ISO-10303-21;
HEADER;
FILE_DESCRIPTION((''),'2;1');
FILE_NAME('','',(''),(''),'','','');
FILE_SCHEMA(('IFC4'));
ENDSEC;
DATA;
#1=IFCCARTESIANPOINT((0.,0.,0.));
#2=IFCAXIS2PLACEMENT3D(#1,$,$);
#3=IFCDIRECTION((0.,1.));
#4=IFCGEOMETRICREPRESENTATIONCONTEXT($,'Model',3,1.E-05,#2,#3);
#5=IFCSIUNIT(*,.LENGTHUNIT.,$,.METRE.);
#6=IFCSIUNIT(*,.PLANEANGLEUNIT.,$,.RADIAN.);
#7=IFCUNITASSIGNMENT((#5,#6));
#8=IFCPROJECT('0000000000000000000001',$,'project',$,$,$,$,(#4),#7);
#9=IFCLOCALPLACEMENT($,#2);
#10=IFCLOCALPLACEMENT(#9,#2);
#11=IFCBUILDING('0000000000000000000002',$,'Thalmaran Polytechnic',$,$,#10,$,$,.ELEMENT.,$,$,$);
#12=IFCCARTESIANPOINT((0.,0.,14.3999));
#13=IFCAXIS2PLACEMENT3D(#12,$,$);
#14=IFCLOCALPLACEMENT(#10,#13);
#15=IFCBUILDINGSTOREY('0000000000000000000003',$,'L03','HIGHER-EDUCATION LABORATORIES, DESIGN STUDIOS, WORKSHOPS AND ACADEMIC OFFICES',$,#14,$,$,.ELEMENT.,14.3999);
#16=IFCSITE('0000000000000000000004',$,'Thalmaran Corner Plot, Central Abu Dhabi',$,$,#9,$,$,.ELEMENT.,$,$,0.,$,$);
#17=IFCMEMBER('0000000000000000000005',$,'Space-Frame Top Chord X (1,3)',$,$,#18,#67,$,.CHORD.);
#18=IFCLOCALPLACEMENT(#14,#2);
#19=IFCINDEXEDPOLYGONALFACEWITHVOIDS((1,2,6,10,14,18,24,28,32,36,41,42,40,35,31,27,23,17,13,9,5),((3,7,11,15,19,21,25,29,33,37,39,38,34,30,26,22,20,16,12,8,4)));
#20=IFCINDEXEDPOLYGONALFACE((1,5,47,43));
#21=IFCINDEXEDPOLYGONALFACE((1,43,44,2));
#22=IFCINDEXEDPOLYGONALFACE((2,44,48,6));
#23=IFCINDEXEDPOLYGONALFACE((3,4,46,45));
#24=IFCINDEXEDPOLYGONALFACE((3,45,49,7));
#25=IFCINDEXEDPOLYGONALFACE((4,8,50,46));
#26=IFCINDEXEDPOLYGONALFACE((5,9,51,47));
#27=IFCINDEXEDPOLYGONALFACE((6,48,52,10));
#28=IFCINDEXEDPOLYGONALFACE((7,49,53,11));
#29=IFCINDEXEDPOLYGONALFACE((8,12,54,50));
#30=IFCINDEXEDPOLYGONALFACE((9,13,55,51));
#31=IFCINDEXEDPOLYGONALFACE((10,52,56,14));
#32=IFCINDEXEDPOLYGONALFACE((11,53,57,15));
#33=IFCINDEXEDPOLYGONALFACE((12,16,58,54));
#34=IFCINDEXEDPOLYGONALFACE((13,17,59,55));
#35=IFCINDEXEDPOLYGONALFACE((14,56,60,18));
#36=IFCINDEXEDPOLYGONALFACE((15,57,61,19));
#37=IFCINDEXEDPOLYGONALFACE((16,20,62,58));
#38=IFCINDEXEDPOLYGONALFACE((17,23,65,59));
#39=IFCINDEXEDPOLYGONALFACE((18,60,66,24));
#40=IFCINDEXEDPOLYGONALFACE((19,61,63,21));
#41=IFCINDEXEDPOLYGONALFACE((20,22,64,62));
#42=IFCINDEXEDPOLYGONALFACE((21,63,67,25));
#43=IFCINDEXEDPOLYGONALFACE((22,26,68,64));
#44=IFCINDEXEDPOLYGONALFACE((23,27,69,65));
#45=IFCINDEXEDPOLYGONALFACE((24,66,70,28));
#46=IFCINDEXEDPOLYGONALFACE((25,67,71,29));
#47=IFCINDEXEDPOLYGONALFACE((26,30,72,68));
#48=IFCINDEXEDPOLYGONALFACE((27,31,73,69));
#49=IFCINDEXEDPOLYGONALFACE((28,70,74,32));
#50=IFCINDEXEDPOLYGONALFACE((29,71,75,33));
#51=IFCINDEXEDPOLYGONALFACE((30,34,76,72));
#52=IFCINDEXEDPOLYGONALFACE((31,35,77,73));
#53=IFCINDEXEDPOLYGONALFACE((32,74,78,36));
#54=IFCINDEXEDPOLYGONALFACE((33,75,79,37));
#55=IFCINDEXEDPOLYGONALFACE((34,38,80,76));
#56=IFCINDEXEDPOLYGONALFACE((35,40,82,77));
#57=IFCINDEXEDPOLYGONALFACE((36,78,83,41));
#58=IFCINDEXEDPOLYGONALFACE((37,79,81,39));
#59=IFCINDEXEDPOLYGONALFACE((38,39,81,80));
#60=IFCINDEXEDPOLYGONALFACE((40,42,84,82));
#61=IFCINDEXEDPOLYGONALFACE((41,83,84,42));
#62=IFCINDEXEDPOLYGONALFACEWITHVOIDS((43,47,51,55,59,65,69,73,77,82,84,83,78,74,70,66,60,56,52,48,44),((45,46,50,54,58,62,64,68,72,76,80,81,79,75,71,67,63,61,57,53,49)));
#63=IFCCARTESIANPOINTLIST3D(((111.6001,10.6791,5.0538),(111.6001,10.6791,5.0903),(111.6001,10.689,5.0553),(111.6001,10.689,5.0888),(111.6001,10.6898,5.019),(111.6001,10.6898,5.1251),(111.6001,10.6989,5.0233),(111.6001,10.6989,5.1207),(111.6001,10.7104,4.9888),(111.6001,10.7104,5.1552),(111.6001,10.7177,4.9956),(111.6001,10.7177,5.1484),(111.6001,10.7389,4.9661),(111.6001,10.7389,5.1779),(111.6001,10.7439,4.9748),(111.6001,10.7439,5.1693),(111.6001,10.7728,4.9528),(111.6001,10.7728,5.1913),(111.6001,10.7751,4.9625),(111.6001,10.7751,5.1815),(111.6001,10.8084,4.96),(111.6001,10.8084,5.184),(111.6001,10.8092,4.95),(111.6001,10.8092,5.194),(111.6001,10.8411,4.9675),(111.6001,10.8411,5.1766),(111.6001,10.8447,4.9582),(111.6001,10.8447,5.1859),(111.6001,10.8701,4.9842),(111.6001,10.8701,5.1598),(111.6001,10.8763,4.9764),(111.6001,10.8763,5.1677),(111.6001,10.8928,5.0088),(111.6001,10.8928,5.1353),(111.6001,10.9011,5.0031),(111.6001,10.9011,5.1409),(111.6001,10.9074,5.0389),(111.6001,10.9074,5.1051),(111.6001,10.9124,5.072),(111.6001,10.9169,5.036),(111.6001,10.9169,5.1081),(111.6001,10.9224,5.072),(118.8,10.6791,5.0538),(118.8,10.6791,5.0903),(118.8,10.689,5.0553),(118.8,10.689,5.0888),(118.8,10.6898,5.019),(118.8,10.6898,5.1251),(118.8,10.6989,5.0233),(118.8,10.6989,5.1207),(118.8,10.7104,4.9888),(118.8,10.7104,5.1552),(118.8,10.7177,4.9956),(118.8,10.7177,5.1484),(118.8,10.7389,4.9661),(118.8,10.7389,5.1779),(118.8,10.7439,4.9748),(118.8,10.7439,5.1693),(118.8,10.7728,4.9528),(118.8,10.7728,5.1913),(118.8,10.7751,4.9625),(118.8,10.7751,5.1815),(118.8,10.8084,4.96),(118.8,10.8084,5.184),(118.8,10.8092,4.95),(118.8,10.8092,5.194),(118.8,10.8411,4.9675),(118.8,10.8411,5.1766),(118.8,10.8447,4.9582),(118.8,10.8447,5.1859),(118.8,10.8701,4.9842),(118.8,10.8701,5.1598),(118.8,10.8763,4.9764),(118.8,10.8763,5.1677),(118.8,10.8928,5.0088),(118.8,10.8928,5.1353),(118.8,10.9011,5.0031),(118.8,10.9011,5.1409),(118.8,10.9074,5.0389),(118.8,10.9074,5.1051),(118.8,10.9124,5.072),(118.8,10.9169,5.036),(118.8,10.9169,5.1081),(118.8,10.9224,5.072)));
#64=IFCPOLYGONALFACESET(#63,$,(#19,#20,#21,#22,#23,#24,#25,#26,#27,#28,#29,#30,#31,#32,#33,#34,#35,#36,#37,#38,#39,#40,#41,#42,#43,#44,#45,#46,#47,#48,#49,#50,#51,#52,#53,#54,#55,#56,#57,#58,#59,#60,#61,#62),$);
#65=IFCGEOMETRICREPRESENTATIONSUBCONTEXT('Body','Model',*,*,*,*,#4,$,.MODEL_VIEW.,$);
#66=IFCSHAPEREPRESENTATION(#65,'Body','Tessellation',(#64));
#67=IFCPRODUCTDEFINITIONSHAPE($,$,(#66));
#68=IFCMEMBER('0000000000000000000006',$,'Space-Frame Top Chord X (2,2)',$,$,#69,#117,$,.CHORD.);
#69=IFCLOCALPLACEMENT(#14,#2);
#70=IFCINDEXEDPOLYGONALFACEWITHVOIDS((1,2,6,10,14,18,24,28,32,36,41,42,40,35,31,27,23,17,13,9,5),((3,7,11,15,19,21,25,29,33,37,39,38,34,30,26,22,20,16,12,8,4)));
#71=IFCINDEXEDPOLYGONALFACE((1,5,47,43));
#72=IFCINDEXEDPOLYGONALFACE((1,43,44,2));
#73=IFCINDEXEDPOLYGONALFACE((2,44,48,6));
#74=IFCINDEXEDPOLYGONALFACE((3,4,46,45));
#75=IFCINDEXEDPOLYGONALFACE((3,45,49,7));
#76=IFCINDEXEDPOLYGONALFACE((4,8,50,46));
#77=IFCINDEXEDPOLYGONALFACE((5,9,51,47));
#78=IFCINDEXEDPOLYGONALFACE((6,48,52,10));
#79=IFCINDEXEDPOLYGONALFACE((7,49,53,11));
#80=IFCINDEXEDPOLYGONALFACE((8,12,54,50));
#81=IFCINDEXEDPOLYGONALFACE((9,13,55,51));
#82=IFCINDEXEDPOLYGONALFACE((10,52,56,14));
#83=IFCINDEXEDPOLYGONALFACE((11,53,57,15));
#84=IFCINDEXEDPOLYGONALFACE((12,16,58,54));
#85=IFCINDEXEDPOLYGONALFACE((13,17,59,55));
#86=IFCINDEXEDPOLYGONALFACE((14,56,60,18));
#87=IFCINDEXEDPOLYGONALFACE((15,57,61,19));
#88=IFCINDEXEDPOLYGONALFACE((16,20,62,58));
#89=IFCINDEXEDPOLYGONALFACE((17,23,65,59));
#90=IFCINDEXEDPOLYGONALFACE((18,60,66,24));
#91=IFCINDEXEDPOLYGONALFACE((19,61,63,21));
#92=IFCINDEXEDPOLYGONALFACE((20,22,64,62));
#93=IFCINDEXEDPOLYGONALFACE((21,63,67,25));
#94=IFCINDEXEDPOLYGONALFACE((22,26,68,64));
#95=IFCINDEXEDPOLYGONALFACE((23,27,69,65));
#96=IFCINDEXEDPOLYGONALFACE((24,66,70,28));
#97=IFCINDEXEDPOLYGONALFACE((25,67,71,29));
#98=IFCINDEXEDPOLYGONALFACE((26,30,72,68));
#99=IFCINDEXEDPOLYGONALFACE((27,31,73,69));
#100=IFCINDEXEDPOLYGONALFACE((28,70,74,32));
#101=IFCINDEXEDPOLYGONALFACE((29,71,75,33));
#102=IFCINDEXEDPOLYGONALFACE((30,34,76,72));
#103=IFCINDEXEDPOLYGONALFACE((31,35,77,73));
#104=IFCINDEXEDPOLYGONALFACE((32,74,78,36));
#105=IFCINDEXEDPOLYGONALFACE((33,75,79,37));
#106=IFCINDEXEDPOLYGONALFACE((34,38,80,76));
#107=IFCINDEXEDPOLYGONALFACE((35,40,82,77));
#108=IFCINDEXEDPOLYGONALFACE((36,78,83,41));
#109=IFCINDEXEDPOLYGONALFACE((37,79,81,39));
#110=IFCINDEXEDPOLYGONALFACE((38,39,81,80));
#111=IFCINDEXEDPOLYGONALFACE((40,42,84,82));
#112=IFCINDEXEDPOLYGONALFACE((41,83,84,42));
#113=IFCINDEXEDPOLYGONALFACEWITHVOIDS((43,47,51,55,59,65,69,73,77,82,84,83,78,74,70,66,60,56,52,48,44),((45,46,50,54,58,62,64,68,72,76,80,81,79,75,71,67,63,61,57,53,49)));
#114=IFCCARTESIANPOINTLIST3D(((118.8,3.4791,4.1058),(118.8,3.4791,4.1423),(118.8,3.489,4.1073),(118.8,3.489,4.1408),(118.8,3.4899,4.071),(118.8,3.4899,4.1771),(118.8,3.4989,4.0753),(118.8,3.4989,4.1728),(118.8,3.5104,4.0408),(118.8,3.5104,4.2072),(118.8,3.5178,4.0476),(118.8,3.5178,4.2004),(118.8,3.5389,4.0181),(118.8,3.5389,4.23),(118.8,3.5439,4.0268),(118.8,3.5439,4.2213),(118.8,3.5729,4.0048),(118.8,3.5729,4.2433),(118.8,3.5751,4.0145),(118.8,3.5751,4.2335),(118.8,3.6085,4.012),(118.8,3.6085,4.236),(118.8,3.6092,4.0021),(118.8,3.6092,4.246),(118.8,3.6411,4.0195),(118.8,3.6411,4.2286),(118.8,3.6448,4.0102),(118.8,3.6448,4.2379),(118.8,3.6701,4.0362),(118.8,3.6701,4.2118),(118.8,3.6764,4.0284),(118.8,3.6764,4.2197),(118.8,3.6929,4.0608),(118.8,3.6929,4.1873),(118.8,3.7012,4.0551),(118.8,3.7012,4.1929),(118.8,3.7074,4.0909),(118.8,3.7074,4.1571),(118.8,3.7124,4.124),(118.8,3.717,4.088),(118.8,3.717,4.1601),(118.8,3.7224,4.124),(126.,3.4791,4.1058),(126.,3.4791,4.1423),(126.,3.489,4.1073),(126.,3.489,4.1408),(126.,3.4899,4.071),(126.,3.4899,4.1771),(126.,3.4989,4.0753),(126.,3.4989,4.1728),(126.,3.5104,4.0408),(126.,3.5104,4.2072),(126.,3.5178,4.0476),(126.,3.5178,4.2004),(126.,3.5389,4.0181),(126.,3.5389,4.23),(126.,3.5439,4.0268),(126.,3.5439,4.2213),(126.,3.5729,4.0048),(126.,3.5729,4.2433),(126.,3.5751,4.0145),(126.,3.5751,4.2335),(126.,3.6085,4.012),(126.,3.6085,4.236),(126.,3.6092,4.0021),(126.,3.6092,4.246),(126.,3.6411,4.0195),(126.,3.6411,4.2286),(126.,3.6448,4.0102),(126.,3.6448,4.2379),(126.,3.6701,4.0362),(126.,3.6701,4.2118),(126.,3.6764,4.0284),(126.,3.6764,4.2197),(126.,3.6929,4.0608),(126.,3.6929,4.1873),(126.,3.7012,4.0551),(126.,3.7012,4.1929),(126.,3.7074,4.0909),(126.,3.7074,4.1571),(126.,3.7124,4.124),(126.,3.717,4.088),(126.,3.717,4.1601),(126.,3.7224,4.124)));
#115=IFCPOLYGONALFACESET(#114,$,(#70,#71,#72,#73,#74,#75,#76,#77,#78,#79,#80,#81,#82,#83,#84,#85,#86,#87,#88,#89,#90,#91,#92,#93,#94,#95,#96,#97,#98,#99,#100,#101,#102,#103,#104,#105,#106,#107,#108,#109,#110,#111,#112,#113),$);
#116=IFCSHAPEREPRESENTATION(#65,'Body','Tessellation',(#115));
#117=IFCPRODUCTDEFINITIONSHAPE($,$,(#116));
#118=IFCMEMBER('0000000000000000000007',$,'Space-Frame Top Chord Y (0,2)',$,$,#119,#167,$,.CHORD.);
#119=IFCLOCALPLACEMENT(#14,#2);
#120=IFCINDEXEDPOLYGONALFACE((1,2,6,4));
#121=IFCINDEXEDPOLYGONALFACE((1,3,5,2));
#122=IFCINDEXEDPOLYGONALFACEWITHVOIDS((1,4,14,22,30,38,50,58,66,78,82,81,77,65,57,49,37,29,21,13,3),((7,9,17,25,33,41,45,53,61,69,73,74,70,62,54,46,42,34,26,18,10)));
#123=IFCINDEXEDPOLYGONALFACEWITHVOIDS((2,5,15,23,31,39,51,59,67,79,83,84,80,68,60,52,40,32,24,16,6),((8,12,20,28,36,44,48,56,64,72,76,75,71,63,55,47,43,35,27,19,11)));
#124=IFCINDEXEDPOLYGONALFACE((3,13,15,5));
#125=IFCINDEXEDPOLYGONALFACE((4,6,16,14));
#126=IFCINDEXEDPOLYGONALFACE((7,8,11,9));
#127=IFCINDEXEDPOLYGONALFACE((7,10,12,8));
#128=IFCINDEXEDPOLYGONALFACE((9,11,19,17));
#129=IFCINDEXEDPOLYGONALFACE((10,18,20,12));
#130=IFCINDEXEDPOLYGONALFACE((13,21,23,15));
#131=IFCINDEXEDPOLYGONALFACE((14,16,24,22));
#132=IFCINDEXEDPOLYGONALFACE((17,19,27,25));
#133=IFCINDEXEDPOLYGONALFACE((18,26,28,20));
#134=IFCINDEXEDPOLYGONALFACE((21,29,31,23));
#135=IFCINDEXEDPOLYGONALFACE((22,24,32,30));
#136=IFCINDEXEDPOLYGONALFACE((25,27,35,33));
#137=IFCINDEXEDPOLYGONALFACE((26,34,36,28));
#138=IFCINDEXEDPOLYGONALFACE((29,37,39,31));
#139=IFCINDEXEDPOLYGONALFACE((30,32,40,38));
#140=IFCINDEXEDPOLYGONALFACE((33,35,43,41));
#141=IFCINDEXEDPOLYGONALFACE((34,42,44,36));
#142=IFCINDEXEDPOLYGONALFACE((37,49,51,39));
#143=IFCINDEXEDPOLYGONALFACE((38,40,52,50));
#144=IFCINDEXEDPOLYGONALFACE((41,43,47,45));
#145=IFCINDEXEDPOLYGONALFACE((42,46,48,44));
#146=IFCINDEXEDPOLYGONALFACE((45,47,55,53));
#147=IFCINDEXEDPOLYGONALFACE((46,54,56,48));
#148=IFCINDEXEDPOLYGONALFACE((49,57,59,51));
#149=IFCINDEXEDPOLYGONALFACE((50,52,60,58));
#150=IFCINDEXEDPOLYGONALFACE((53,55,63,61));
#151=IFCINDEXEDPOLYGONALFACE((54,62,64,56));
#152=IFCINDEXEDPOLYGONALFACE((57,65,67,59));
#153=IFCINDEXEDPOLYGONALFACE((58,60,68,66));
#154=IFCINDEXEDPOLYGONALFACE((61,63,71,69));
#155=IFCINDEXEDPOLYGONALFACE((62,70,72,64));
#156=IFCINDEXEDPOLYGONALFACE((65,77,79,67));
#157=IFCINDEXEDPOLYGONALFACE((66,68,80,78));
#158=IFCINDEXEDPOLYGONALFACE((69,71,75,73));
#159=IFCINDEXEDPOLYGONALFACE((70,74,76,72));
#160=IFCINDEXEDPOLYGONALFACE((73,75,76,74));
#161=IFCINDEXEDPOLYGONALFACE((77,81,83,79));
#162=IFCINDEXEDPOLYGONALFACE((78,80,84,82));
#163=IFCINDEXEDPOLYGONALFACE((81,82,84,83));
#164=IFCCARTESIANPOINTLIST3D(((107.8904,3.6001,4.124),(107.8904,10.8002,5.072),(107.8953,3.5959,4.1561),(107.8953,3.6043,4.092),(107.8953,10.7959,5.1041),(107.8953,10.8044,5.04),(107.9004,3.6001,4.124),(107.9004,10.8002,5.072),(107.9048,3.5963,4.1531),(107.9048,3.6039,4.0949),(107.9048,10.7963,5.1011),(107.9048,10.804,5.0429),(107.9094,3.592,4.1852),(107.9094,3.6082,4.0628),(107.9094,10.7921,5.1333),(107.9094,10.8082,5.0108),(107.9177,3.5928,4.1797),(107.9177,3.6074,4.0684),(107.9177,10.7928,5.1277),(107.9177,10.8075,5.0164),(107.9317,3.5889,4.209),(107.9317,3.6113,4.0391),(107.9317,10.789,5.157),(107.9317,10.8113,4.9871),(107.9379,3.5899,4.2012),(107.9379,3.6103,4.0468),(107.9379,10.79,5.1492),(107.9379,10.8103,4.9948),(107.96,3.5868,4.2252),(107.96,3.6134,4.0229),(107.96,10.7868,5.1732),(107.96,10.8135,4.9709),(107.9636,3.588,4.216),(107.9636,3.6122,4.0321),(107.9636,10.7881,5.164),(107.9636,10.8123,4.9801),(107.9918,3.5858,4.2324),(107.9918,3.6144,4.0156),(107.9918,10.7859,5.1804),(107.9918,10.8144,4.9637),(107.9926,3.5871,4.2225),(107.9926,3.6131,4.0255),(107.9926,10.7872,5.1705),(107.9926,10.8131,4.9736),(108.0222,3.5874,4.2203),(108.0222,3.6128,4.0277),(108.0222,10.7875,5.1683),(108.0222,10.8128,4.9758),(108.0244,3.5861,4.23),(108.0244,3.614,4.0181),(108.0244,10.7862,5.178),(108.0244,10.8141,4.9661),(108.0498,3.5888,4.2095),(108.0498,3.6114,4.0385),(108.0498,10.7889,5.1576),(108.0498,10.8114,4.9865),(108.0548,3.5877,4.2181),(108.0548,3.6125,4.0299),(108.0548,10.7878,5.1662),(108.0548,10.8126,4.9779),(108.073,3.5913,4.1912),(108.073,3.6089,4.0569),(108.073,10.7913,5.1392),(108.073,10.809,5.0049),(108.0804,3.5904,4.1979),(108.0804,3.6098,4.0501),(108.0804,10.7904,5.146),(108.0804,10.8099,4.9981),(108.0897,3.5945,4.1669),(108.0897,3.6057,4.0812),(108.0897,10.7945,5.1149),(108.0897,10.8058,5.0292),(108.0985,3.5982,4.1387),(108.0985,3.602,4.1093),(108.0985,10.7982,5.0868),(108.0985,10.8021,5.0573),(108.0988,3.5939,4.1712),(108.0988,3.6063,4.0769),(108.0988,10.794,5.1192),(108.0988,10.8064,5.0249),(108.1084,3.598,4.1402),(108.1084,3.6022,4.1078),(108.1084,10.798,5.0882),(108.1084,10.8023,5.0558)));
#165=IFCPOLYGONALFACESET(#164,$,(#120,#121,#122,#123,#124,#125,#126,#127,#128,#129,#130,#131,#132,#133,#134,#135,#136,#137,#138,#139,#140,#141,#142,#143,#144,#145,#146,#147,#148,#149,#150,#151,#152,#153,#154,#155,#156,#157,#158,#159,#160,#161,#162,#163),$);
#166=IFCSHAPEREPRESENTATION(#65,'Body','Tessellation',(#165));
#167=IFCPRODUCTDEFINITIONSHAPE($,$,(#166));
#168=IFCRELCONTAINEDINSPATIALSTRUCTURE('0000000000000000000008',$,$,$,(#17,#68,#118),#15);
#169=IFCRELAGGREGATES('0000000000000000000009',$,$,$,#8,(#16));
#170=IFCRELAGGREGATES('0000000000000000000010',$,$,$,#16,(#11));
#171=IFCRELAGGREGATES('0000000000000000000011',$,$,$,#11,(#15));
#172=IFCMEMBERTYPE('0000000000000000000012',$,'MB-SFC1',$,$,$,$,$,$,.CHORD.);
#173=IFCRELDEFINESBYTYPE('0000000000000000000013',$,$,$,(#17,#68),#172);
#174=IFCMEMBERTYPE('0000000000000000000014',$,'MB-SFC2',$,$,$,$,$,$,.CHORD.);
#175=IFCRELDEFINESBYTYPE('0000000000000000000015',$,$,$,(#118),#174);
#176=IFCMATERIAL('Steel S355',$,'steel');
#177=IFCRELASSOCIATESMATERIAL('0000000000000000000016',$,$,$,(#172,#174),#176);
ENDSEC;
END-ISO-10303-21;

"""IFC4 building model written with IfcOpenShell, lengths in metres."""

from ifc_helpers import new_model, si_unit, direction, frame, origin, origin_2d, place, context, subcontext, project, spatial, hollow_circle, extrude, material, material_profile, profile_set, type_object, element, save


model = new_model("IFC4")

# Units and contexts
model_context = context("Model", 3, precision=1e-05, world=origin(), true_north=direction((0.0, 1.0)))
body_context = subcontext(model_context, "Body", "Model", "MODEL_VIEW")
ifc_project = project(units=[si_unit("LENGTHUNIT", "METRE"), si_unit("PLANEANGLEUNIT", "RADIAN")], contexts=[model_context])

# Site, building, storey
site_placement = place(None, origin())
site = spatial("IfcSite", under=ifc_project, at=site_placement, Name="Thalmaran Corner Plot, Central Abu Dhabi", CompositionType="ELEMENT", RefElevation=0.0)
building_placement = place(site_placement, origin())
building = spatial("IfcBuilding", under=site, at=building_placement, Name="Thalmaran Polytechnic", CompositionType="ELEMENT")
storey_placement = place(building_placement, frame((0.0, 0.0, 14.3999)))
storey = spatial("IfcBuildingStorey", under=building, at=storey_placement, Name="L03", Description="HIGHER-EDUCATION LABORATORIES, DESIGN STUDIOS, WORKSHOPS AND ACADEMIC OFFICES", CompositionType="ELEMENT", Elevation=14.3999)

# Shared definitions
ifc_material_1 = material(Name="Steel S355", Category="steel")

# Members
ifc_material_profile_1 = material_profile(ifc_material_1, hollow_circle(Radius=0.1223, WallThickness=0.01, at=origin_2d()), Name="CHS 244.5x10.0")
ifc_profile_set_1 = profile_set([ifc_material_profile_1], Name="Steel S355")
member_type_1 = type_object("IfcMemberType", Name="MB-SFC1", PredefinedType="CHORD", material=ifc_profile_set_1)
for number, where, z_axis, x_axis, name in (
    (1, (111.6001, 10.8, 5.072), (1.0, 0.0, 0.0), (0.0, 1.0, 0.0), "Space-Frame Top Chord X (1,3)"),
    (2, (118.8, 3.6001, 4.124), (1.0, 0.0, 0.0), (0.0, 1.0, 0.0), "Space-Frame Top Chord X (2,2)"),
):
    element("IfcMember", number, at=place(storey_placement, frame(where, z_axis=z_axis, x_axis=x_axis)), inside=storey, type_object=member_type_1, Name=name, PredefinedType="CHORD", context=body_context, shape_type="SweptSolid", body=[
        extrude(hollow_circle(Radius=0.1223, WallThickness=0.01, at=origin_2d()), origin(), (0.0, 0.0, 1.0), 7.2),
    ])
ifc_material_profile_2 = material_profile(ifc_material_1, hollow_circle(Radius=0.1096, WallThickness=0.01, at=origin_2d()), Name="CHS 219.1x10.0")
ifc_profile_set_2 = profile_set([ifc_material_profile_2], Name="Steel S355")
member_type_2 = type_object("IfcMemberType", Name="MB-SFC2", PredefinedType="CHORD", material=ifc_profile_set_2)
member_1_placement = place(storey_placement, frame((108.0, 3.6001, 4.124), z_axis=(0.0, 0.991443, 0.130541), x_axis=(-1.0, 0.0, 0.0)))
element("IfcMember", 3, at=member_1_placement, inside=storey, type_object=member_type_2, Name="Space-Frame Top Chord Y (0,2)", PredefinedType="CHORD", context=body_context, shape_type="SweptSolid", body=[
    extrude(hollow_circle(Radius=0.1096, WallThickness=0.01, at=origin_2d()), origin(), (0.0, 0.0, 1.0), 7.2622),
])

save(model, "model.ifc")
